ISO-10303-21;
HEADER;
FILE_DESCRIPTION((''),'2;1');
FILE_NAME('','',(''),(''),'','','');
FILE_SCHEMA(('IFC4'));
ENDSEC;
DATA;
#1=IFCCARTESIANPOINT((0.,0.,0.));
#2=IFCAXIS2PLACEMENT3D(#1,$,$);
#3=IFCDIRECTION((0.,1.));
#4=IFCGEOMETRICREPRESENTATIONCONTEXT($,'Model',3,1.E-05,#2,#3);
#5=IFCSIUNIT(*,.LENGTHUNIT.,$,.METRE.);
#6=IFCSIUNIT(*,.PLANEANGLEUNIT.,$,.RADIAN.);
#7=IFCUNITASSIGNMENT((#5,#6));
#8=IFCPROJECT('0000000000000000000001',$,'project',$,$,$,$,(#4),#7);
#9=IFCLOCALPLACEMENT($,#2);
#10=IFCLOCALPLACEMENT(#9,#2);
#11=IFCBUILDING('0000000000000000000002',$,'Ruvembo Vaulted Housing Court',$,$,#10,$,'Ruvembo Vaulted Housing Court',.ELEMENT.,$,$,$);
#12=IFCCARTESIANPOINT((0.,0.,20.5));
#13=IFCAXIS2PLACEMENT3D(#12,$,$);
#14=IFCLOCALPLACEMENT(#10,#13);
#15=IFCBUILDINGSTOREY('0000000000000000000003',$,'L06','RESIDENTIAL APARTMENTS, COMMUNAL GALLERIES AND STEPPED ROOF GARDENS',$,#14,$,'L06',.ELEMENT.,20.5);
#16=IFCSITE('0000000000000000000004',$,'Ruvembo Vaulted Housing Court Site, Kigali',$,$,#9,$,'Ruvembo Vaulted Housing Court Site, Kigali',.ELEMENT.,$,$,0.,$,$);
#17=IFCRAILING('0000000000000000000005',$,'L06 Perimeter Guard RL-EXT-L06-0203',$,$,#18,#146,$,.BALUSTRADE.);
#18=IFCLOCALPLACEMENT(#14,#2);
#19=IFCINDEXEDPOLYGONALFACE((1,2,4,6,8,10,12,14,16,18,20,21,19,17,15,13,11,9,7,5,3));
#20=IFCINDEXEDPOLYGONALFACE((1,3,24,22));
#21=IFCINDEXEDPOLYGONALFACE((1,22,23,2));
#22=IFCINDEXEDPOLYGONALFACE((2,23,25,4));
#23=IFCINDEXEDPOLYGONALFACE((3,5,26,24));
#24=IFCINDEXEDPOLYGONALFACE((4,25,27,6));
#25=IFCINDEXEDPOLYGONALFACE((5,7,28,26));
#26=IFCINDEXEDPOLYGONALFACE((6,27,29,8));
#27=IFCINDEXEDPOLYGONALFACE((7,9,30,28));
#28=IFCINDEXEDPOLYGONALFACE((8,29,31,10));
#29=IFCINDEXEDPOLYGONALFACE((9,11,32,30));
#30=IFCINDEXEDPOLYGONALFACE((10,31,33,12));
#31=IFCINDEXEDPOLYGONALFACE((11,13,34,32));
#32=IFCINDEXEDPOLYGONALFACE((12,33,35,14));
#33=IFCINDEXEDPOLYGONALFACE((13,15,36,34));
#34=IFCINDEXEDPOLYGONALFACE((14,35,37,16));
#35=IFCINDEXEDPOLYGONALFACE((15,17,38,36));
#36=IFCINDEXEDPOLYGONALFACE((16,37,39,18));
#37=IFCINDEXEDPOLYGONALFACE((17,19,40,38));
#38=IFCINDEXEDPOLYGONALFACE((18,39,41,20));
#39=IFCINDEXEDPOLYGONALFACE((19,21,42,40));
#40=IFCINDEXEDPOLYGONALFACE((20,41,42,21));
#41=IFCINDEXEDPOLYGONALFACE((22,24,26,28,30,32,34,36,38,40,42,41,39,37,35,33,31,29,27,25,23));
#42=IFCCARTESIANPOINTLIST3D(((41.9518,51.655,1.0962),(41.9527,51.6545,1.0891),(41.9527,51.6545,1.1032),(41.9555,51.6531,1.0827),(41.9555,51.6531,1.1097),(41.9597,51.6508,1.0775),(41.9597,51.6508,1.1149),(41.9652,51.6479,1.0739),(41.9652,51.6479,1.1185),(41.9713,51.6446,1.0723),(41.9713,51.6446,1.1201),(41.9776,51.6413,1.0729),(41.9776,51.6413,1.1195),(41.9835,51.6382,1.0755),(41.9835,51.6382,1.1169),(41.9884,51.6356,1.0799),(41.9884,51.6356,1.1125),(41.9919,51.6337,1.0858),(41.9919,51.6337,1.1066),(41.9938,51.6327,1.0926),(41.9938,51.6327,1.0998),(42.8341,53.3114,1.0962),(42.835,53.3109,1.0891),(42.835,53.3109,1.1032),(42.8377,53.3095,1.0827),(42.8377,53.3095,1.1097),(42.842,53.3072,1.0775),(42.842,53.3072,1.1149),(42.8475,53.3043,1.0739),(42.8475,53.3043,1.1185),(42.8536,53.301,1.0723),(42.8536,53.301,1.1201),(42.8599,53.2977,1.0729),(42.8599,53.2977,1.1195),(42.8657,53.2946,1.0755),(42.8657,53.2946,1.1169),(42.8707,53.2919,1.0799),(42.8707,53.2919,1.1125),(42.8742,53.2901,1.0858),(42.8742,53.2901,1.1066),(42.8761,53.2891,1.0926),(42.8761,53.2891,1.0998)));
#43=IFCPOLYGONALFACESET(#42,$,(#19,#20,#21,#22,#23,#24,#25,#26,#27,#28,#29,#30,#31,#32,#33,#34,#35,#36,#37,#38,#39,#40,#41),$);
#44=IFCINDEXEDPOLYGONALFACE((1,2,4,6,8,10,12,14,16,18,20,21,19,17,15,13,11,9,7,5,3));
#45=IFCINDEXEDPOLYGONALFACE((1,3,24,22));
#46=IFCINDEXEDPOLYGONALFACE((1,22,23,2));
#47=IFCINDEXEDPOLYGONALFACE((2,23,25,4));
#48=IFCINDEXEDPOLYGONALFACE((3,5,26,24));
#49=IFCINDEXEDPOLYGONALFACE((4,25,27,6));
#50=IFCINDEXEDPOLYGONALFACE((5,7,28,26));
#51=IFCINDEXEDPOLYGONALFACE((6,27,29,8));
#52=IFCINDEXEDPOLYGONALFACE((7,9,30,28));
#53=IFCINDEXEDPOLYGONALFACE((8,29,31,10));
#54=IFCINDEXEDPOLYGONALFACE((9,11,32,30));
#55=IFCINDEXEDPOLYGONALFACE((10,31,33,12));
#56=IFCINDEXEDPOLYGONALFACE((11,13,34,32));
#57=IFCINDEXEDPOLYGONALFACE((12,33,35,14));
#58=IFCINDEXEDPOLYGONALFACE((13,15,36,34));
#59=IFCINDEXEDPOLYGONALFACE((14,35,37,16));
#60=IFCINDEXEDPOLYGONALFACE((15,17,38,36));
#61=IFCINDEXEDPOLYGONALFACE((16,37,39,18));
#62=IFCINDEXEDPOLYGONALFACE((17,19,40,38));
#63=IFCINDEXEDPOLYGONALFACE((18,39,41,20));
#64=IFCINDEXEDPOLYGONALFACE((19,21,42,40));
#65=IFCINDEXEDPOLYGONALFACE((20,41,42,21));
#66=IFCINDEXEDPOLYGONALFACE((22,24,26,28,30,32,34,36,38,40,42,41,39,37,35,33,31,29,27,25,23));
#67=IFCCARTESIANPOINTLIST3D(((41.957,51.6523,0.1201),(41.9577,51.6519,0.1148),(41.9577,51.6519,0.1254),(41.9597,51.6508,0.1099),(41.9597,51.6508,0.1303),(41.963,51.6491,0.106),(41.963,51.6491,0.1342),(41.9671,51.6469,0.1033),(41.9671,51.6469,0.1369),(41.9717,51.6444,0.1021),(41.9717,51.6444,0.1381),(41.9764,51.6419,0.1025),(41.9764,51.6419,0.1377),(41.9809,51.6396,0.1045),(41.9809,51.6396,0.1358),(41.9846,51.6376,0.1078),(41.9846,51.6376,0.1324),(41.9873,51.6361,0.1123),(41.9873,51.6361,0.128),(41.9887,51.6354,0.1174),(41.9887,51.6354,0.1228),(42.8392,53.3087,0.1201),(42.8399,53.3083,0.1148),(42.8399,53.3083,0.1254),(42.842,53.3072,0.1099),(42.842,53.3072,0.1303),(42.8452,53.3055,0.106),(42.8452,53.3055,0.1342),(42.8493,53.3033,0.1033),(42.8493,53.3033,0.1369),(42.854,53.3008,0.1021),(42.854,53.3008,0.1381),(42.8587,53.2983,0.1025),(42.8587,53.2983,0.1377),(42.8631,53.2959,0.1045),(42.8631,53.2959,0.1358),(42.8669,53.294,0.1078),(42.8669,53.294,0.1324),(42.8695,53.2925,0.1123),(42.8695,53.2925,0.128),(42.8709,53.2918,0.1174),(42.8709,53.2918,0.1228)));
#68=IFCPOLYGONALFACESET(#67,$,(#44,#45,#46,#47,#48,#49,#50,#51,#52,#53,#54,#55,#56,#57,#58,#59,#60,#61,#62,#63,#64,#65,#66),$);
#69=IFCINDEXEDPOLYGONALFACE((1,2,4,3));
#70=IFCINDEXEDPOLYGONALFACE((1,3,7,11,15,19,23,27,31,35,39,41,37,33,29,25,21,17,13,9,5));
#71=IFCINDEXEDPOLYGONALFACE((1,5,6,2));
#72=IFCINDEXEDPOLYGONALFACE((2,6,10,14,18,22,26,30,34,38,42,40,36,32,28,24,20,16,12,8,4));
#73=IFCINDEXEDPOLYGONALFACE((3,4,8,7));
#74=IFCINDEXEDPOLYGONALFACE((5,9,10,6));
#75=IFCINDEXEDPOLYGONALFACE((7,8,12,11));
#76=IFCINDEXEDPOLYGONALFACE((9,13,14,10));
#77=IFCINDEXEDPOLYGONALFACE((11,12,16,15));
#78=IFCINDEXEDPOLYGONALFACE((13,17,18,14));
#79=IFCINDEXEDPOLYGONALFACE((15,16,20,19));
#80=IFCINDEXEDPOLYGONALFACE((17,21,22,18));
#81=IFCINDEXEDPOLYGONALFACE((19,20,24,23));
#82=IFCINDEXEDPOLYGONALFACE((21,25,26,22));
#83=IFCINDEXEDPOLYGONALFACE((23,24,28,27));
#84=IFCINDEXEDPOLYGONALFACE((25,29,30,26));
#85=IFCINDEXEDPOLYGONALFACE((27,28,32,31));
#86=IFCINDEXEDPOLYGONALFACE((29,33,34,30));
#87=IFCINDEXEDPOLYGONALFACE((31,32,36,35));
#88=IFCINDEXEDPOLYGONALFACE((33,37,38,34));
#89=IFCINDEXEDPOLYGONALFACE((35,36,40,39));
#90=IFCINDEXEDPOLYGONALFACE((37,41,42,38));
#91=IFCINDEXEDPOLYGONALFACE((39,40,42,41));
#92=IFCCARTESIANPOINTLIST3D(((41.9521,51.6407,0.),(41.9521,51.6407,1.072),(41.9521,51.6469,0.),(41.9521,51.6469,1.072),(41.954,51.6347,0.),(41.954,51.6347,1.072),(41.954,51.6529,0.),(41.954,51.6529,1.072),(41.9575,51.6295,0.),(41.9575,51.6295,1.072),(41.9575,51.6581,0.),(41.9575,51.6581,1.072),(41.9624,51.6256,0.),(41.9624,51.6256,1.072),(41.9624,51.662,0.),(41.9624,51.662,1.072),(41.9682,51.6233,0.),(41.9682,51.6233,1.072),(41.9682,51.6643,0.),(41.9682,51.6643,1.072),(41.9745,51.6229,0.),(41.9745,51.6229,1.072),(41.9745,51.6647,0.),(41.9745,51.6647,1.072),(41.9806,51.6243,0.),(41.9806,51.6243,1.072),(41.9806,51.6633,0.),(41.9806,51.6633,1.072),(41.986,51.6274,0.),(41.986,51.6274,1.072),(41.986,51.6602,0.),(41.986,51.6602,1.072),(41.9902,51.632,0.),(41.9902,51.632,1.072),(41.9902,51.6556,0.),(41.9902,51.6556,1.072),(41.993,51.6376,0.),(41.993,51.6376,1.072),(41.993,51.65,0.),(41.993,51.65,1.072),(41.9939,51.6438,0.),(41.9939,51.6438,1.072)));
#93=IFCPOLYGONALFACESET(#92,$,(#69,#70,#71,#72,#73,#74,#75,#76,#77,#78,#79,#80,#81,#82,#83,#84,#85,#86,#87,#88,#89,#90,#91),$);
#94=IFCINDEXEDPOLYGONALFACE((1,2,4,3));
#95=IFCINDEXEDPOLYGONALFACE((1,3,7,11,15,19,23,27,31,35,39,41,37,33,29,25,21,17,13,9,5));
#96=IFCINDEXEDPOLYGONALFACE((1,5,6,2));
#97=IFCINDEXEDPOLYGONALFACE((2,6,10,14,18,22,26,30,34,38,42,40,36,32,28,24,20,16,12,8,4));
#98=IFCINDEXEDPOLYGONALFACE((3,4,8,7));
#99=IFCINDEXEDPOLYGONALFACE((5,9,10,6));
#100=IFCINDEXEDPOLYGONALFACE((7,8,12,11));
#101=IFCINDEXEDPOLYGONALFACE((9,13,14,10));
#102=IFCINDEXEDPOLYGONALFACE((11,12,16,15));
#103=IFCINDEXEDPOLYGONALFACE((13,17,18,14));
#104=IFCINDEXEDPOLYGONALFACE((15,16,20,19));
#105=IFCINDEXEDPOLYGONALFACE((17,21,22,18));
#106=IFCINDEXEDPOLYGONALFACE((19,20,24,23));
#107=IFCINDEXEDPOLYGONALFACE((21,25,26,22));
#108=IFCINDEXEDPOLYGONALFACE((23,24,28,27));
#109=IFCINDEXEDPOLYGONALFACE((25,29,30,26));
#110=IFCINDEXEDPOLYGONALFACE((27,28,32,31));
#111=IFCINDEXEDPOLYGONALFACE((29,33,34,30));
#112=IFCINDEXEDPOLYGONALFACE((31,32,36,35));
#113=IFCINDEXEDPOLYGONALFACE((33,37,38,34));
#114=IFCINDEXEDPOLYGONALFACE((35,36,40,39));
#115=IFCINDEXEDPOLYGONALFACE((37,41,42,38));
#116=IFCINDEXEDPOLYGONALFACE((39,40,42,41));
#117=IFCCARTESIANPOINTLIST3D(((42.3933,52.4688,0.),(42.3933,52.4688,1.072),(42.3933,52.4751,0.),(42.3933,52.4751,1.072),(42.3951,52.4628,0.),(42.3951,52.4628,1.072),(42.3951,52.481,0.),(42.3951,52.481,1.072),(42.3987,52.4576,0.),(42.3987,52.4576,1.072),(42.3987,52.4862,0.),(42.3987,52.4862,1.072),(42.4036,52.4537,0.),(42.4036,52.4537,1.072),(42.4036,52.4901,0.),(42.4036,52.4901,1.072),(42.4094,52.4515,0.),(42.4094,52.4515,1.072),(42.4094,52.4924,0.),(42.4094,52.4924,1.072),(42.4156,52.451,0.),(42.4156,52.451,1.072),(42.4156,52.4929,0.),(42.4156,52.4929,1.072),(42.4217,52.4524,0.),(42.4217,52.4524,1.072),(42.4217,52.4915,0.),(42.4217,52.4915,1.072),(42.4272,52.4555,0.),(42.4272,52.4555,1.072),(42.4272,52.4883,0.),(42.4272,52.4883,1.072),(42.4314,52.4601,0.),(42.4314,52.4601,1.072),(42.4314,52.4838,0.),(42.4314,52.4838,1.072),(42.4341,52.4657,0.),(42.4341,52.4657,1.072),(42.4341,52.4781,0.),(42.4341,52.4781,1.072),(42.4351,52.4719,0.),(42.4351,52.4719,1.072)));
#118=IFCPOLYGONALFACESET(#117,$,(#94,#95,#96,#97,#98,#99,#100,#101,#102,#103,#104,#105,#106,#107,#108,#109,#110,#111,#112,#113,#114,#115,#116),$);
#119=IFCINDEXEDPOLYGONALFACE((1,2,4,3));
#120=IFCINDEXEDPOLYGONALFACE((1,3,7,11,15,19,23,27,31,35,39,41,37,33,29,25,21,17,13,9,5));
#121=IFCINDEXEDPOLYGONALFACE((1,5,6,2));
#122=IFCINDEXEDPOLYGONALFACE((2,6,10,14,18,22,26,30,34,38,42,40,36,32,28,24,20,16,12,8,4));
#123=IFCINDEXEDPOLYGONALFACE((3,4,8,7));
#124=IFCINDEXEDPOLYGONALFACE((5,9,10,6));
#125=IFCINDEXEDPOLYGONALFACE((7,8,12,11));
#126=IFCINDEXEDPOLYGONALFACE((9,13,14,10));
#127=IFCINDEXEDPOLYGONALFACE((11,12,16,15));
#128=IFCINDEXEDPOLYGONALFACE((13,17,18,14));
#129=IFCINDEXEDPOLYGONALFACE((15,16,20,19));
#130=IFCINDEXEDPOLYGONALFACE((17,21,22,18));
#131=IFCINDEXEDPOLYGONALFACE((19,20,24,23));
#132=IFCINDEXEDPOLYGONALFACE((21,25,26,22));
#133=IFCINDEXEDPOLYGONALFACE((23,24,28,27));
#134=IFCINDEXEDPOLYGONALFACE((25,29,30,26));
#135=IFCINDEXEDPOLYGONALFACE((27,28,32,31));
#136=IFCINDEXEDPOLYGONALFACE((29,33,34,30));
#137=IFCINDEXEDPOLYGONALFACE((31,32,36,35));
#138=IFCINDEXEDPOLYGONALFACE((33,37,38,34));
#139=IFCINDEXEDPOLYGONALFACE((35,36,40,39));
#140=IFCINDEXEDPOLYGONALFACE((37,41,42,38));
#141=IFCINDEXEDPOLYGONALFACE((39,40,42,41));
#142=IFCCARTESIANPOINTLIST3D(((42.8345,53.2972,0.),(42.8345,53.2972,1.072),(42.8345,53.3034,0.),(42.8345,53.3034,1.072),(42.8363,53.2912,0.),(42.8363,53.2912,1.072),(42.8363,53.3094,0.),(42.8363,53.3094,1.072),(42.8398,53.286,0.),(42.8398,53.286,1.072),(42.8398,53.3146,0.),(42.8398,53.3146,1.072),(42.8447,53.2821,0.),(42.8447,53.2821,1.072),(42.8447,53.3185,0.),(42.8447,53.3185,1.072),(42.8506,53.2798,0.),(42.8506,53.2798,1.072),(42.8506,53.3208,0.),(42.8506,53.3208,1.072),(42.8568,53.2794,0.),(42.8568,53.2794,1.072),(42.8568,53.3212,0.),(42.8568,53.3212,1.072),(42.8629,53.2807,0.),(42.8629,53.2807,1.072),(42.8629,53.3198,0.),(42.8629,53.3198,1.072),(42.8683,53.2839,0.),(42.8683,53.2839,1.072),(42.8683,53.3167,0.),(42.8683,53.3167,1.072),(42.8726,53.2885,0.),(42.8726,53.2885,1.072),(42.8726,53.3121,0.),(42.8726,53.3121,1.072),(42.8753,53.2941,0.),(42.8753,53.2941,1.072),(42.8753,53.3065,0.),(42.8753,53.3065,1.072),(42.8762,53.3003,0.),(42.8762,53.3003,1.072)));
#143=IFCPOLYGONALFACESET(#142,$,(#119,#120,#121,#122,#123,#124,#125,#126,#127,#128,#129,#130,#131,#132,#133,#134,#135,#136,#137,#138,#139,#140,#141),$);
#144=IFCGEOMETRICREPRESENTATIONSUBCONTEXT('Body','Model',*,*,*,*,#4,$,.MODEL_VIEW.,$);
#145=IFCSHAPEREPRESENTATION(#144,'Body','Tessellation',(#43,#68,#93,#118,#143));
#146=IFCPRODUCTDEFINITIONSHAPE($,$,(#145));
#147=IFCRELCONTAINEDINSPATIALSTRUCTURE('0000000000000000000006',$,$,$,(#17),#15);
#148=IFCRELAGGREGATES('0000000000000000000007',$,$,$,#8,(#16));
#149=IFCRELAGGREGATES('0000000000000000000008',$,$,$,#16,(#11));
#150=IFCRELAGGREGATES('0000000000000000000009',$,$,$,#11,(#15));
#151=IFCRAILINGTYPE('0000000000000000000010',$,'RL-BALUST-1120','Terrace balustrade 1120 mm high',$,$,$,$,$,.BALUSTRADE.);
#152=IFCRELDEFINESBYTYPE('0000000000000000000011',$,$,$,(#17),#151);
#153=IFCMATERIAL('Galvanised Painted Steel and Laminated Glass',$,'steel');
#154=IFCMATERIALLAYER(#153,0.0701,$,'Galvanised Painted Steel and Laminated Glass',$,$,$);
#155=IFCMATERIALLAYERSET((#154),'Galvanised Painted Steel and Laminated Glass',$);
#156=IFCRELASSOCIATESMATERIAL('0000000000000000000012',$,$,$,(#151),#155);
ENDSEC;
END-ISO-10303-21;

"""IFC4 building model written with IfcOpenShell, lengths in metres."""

from ifc_helpers import new_model, si_unit, direction, frame, origin, origin_2d, place, context, subcontext, project, spatial, circle, extrude, material, layer, layer_set, type_object, element, save


model = new_model("IFC4")

# Units and contexts
model_context = context("Model", 3, precision=1e-05, world=origin(), true_north=direction((0.0, 1.0)))
body_context = subcontext(model_context, "Body", "Model", "MODEL_VIEW")
ifc_project = project(units=[si_unit("LENGTHUNIT", "METRE"), si_unit("PLANEANGLEUNIT", "RADIAN")], contexts=[model_context])

# Site, building, storey
site_placement = place(None, origin())
site = spatial("IfcSite", under=ifc_project, at=site_placement, Name="Ruvembo Vaulted Housing Court Site, Kigali", LongName="Ruvembo Vaulted Housing Court Site, Kigali", CompositionType="ELEMENT", RefElevation=0.0)
building_placement = place(site_placement, origin())
building = spatial("IfcBuilding", under=site, at=building_placement, Name="Ruvembo Vaulted Housing Court", LongName="Ruvembo Vaulted Housing Court", CompositionType="ELEMENT")
storey_placement = place(building_placement, frame((0.0, 0.0, 20.5)))
storey = spatial("IfcBuildingStorey", under=building, at=storey_placement, Name="L06", Description="RESIDENTIAL APARTMENTS, COMMUNAL GALLERIES AND STEPPED ROOF GARDENS", LongName="L06", CompositionType="ELEMENT", Elevation=20.5)

# Railing
ifc_material_1 = material(Name="Galvanised Painted Steel and Laminated Glass", Category="steel")
ifc_layer_1 = layer(ifc_material_1, 0.0701, Name="Galvanised Painted Steel and Laminated Glass")
ifc_layer_set_1 = layer_set([ifc_layer_1], Name="Galvanised Painted Steel and Laminated Glass")
railing_type = type_object("IfcRailingType", Name="RL-BALUST-1120", Description="Terrace balustrade 1120 mm high", PredefinedType="BALUSTRADE", material=ifc_layer_set_1)
railing_1_placement = place(storey_placement, frame((41.9729, 51.6438, 0.0)))
element("IfcRailing", 1, at=railing_1_placement, inside=storey, type_object=railing_type, Name="L06 Perimeter Guard RL-EXT-L06-0203", PredefinedType="BALUSTRADE", context=body_context, shape_type="SweptSolid", body=[
    extrude(circle(Radius=0.0239, at=origin_2d()), frame((0.0, 0.0, 1.0962), z_axis=(0.470116, 0.882605, 0.0), x_axis=(-0.882605, 0.470116, 0.0)), (0.0, 0.0, 1.0), 1.8767),
    extrude(circle(Radius=0.0181, at=origin_2d()), frame((0.0, 0.0, 0.1201), z_axis=(0.470116, 0.882605, 0.0), x_axis=(-0.882605, 0.470116, 0.0)), (0.0, 0.0, 1.0), 1.8767),
    extrude(circle(Radius=0.021, at=origin_2d()), origin(), (0.0, 0.0, 1.0), 1.072),
    extrude(circle(Radius=0.021, at=origin_2d()), frame((0.4412, 0.8281, 0.0)), (0.0, 0.0, 1.0), 1.072),
    extrude(circle(Radius=0.021, at=origin_2d()), frame((0.8823, 1.6565, 0.0)), (0.0, 0.0, 1.0), 1.072),
])

save(model, "model.ifc")
